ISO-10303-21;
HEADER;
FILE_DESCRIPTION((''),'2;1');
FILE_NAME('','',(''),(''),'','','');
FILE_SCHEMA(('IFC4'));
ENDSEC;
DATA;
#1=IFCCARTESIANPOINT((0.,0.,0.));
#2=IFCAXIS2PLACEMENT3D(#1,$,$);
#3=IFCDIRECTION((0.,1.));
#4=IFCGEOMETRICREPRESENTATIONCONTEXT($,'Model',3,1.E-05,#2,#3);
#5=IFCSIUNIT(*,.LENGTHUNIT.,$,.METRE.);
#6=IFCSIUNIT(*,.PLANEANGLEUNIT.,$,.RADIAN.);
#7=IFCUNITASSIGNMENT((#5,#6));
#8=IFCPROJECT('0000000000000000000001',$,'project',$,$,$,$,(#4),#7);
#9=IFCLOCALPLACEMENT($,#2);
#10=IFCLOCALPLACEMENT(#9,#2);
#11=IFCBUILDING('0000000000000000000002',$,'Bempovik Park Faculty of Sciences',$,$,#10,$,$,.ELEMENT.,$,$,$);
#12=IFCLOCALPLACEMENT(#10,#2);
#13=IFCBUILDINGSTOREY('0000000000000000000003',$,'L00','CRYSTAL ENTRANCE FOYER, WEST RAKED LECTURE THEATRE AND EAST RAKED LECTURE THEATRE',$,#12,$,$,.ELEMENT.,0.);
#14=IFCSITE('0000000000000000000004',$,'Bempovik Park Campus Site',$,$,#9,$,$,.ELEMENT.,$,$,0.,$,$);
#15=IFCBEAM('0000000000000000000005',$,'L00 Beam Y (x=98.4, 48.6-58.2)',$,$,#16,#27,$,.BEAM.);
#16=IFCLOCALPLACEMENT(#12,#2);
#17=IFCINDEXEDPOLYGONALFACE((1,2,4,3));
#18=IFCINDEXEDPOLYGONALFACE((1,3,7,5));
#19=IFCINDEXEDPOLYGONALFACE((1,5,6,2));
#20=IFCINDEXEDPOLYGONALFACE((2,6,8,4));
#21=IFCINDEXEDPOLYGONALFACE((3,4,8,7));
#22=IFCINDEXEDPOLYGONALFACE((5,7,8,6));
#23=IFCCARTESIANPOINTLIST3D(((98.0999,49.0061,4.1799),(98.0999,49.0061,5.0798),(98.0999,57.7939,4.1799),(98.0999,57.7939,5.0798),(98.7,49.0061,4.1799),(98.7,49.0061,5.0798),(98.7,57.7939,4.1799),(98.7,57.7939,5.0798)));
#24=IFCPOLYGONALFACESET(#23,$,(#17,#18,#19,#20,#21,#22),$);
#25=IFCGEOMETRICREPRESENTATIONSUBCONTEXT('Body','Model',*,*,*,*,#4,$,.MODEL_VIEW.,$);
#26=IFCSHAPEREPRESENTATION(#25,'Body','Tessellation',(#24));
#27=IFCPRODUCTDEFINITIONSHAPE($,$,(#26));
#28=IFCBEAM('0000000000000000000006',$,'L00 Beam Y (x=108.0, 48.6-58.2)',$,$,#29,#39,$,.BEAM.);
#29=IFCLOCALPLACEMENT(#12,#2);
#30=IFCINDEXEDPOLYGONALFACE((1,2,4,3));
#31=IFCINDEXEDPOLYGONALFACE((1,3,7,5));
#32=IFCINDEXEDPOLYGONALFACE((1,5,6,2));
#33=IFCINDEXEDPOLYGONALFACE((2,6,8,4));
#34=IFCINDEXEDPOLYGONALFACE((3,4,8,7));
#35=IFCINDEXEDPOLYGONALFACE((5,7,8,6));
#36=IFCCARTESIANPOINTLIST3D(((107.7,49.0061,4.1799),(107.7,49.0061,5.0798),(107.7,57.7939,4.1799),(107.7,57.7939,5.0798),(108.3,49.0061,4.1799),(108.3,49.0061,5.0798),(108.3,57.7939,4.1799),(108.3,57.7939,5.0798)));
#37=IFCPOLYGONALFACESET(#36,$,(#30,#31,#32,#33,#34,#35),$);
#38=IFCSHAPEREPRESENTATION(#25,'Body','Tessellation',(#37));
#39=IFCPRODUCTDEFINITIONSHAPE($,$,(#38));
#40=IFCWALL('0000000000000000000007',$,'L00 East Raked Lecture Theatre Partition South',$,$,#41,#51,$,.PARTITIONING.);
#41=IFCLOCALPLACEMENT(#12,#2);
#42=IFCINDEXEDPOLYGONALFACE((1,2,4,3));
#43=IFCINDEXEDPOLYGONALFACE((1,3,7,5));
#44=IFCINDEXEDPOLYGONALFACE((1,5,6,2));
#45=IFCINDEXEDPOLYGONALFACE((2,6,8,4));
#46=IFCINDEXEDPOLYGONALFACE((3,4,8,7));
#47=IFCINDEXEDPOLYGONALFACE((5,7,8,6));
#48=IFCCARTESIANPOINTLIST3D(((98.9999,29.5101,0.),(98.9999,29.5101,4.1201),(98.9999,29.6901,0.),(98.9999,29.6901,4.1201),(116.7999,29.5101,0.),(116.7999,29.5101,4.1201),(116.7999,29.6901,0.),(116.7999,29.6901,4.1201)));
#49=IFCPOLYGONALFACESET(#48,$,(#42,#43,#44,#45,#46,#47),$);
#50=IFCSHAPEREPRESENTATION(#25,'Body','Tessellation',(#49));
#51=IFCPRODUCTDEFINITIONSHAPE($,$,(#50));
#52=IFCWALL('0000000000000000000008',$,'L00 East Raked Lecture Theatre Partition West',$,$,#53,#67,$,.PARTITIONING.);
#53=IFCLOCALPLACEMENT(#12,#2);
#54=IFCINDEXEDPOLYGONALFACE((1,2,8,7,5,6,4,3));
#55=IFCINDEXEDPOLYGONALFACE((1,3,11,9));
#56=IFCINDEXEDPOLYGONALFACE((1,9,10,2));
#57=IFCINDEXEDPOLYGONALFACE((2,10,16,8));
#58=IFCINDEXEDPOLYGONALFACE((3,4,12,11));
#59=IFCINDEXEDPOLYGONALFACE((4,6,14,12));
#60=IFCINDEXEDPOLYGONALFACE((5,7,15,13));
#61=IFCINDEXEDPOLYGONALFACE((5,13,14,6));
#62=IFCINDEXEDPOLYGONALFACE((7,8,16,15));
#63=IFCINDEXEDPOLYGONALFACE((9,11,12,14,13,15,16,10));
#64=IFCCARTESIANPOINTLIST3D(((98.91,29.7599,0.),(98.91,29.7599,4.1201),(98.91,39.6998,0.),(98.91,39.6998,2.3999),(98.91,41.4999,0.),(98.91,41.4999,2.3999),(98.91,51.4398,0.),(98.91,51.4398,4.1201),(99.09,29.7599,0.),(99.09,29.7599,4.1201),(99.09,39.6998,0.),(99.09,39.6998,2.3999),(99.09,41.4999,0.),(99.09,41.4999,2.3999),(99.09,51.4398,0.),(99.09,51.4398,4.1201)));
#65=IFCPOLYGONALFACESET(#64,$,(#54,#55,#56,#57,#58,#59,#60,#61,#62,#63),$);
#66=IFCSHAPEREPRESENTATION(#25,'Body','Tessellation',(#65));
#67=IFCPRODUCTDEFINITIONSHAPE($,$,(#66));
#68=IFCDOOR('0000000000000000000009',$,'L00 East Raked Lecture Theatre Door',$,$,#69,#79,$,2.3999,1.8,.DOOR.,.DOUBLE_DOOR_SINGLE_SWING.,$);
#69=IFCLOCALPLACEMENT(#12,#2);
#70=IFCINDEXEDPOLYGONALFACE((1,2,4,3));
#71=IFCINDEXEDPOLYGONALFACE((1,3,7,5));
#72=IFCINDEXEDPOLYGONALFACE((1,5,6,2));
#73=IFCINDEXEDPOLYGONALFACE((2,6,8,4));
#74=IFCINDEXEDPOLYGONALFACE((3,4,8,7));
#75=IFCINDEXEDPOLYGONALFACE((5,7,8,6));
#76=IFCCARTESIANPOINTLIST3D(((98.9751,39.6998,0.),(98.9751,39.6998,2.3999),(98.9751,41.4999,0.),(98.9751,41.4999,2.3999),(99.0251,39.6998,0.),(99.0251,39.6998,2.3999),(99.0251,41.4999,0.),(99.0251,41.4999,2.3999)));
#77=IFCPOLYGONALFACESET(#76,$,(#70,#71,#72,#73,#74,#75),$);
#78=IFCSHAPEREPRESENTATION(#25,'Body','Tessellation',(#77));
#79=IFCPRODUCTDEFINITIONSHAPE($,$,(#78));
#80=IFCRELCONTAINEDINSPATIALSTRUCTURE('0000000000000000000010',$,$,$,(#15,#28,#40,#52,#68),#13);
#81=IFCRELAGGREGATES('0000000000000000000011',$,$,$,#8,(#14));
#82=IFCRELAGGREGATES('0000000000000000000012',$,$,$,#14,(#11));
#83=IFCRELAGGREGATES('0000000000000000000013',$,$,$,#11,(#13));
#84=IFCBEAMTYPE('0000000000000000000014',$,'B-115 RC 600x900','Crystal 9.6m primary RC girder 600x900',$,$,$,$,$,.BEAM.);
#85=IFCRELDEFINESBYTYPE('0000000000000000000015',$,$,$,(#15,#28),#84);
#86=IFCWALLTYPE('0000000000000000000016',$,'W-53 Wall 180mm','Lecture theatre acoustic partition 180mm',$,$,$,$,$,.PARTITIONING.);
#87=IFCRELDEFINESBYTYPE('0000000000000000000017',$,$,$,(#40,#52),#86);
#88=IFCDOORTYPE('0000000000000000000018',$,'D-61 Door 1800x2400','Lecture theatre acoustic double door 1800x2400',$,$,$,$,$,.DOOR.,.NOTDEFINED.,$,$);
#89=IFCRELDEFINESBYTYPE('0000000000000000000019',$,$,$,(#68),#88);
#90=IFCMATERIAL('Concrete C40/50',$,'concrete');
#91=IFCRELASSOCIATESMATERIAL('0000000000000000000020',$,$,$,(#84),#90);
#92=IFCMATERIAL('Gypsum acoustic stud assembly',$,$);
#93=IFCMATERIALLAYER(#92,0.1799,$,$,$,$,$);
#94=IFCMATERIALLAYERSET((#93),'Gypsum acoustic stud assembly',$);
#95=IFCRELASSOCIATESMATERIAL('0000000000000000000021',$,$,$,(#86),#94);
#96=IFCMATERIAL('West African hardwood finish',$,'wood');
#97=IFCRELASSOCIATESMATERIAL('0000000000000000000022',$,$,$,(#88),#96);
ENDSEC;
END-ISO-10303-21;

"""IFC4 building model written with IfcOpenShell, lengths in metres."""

from ifc_helpers import new_model, si_unit, direction, frame, frame_2d, origin, origin_2d, place, context, subcontext, project, spatial, rectangle, extrude, material, layer, layer_set, material_profile, profile_set, type_object, element, fill, save


model = new_model("IFC4")

# Units and contexts
model_context = context("Model", 3, precision=1e-05, world=origin(), true_north=direction((0.0, 1.0)))
body_context = subcontext(model_context, "Body", "Model", "MODEL_VIEW")
ifc_project = project(units=[si_unit("LENGTHUNIT", "METRE"), si_unit("PLANEANGLEUNIT", "RADIAN")], contexts=[model_context])

# Site, building, storey
site_placement = place(None, origin())
site = spatial("IfcSite", under=ifc_project, at=site_placement, Name="Bempovik Park Campus Site", CompositionType="ELEMENT", RefElevation=0.0)
building_placement = place(site_placement, origin())
building = spatial("IfcBuilding", under=site, at=building_placement, Name="Bempovik Park Faculty of Sciences", CompositionType="ELEMENT")
storey_placement = place(building_placement, origin())
storey = spatial("IfcBuildingStorey", under=building, at=storey_placement, Name="L00", Description="CRYSTAL ENTRANCE FOYER, WEST RAKED LECTURE THEATRE AND EAST RAKED LECTURE THEATRE", CompositionType="ELEMENT", Elevation=0.0)

# Shared definitions
ifc_material_1 = material(Name="Concrete C40/50", Category="concrete")

# Beams
ifc_material_profile_1 = material_profile(ifc_material_1, rectangle(XDim=0.6001, YDim=0.8999, at=origin_2d()), Name="RC 600x900")
ifc_profile_set_1 = profile_set([ifc_material_profile_1], Name="Concrete C40/50")
beam_type = type_object("IfcBeamType", Name="B-115 RC 600x900", Description="Crystal 9.6m primary RC girder 600x900", PredefinedType="BEAM", material=ifc_profile_set_1)
for number, where, z_axis, x_axis, name in (
    (1, (98.3999, 49.0061, 4.6299), (0.0, 1.0, 0.0), (-1.0, 0.0, 0.0), "L00 Beam Y (x=98.4, 48.6-58.2)"),
    (2, (108.0, 49.0061, 4.6299), (0.0, 1.0, 0.0), (-1.0, 0.0, 0.0), "L00 Beam Y (x=108.0, 48.6-58.2)"),
):
    element("IfcBeam", number, at=place(storey_placement, frame(where, z_axis=z_axis, x_axis=x_axis)), inside=storey, type_object=beam_type, Name=name, PredefinedType="BEAM", context=body_context, shape_type="SweptSolid", body=[
        extrude(rectangle(XDim=0.6001, YDim=0.8999, at=origin_2d()), origin(), (0.0, 0.0, 1.0), 8.7878),
    ])

# Wall
ifc_material_2 = material(Name="Gypsum acoustic stud assembly")
ifc_layer = layer(ifc_material_2, 0.1799)
ifc_layer_set = layer_set([ifc_layer], Name="Gypsum acoustic stud assembly")
wall_type = type_object("IfcWallType", Name="W-53 Wall 180mm", Description="Lecture theatre acoustic partition 180mm", PredefinedType="PARTITIONING", material=ifc_layer_set)
wall_1_placement = place(storey_placement, frame((99.0, 29.6001, 0.0), z_axis=(0.0, 0.0, 1.0), x_axis=(1.0, 0.0, 0.0)))
element("IfcWall", 3, at=wall_1_placement, inside=storey, type_object=wall_type, Name="L00 East Raked Lecture Theatre Partition South", PredefinedType="PARTITIONING", context=body_context, shape_type="SweptSolid", body=[
    extrude(rectangle(XDim=17.8, YDim=0.1799, at=frame_2d((8.8999, 0.0))), origin(), (0.0, 0.0, 1.0), 4.1201),
])

# Wall, opening, door
wall_2_placement = place(storey_placement, frame((99.0, 29.76, 0.0), z_axis=(0.0, 0.0, 1.0), x_axis=(0.0, 1.0, 0.0)))
wall_2 = element("IfcWall", 4, at=wall_2_placement, inside=storey, type_object=wall_type, Name="L00 East Raked Lecture Theatre Partition West", PredefinedType="PARTITIONING", context=body_context, shape_type="SweptSolid", body=[
    extrude(rectangle(XDim=21.6799, YDim=0.1799, at=frame_2d((10.8398, 0.0))), origin(), (0.0, 0.0, 1.0), 4.1201),
])
opening_placement = place(wall_2_placement, frame((9.9399, 0.0, 0.0)))
opening = element("IfcOpeningElement", 5, at=opening_placement, cuts=wall_2, PredefinedType="OPENING", context=body_context, shape_type="SweptSolid", body=[
    extrude(rectangle(XDim=1.8, YDim=2.3999, at=frame_2d((0.8999, 1.2))), frame((0.0, 0.1001, 0.0), z_axis=(0.0, -1.0, 0.0), x_axis=(1.0, 0.0, 0.0)), (0.0, 0.0, 1.0), 0.2),
])
ifc_material_3 = material(Name="West African hardwood finish", Category="wood")
door_type = type_object("IfcDoorType", Name="D-61 Door 1800x2400", Description="Lecture theatre acoustic double door 1800x2400", OperationType="NOTDEFINED", PredefinedType="DOOR", material=ifc_material_3)
door_placement = place(opening_placement, origin())
door = element("IfcDoor", 6, at=door_placement, inside=storey, type_object=door_type, Name="L00 East Raked Lecture Theatre Door", OperationType="DOUBLE_DOOR_SINGLE_SWING", OverallHeight=2.3999, OverallWidth=1.8, PredefinedType="DOOR", context=body_context, shape_type="SweptSolid", body=[
    extrude(rectangle(XDim=1.8, YDim=2.3999, at=frame_2d((0.8999, 1.2))), frame((0.0, 0.0249, 0.0), z_axis=(0.0, -1.0, 0.0), x_axis=(1.0, 0.0, 0.0)), (0.0, 0.0, 1.0), 0.05),
])
fill(opening, door)

save(model, "model.ifc")
